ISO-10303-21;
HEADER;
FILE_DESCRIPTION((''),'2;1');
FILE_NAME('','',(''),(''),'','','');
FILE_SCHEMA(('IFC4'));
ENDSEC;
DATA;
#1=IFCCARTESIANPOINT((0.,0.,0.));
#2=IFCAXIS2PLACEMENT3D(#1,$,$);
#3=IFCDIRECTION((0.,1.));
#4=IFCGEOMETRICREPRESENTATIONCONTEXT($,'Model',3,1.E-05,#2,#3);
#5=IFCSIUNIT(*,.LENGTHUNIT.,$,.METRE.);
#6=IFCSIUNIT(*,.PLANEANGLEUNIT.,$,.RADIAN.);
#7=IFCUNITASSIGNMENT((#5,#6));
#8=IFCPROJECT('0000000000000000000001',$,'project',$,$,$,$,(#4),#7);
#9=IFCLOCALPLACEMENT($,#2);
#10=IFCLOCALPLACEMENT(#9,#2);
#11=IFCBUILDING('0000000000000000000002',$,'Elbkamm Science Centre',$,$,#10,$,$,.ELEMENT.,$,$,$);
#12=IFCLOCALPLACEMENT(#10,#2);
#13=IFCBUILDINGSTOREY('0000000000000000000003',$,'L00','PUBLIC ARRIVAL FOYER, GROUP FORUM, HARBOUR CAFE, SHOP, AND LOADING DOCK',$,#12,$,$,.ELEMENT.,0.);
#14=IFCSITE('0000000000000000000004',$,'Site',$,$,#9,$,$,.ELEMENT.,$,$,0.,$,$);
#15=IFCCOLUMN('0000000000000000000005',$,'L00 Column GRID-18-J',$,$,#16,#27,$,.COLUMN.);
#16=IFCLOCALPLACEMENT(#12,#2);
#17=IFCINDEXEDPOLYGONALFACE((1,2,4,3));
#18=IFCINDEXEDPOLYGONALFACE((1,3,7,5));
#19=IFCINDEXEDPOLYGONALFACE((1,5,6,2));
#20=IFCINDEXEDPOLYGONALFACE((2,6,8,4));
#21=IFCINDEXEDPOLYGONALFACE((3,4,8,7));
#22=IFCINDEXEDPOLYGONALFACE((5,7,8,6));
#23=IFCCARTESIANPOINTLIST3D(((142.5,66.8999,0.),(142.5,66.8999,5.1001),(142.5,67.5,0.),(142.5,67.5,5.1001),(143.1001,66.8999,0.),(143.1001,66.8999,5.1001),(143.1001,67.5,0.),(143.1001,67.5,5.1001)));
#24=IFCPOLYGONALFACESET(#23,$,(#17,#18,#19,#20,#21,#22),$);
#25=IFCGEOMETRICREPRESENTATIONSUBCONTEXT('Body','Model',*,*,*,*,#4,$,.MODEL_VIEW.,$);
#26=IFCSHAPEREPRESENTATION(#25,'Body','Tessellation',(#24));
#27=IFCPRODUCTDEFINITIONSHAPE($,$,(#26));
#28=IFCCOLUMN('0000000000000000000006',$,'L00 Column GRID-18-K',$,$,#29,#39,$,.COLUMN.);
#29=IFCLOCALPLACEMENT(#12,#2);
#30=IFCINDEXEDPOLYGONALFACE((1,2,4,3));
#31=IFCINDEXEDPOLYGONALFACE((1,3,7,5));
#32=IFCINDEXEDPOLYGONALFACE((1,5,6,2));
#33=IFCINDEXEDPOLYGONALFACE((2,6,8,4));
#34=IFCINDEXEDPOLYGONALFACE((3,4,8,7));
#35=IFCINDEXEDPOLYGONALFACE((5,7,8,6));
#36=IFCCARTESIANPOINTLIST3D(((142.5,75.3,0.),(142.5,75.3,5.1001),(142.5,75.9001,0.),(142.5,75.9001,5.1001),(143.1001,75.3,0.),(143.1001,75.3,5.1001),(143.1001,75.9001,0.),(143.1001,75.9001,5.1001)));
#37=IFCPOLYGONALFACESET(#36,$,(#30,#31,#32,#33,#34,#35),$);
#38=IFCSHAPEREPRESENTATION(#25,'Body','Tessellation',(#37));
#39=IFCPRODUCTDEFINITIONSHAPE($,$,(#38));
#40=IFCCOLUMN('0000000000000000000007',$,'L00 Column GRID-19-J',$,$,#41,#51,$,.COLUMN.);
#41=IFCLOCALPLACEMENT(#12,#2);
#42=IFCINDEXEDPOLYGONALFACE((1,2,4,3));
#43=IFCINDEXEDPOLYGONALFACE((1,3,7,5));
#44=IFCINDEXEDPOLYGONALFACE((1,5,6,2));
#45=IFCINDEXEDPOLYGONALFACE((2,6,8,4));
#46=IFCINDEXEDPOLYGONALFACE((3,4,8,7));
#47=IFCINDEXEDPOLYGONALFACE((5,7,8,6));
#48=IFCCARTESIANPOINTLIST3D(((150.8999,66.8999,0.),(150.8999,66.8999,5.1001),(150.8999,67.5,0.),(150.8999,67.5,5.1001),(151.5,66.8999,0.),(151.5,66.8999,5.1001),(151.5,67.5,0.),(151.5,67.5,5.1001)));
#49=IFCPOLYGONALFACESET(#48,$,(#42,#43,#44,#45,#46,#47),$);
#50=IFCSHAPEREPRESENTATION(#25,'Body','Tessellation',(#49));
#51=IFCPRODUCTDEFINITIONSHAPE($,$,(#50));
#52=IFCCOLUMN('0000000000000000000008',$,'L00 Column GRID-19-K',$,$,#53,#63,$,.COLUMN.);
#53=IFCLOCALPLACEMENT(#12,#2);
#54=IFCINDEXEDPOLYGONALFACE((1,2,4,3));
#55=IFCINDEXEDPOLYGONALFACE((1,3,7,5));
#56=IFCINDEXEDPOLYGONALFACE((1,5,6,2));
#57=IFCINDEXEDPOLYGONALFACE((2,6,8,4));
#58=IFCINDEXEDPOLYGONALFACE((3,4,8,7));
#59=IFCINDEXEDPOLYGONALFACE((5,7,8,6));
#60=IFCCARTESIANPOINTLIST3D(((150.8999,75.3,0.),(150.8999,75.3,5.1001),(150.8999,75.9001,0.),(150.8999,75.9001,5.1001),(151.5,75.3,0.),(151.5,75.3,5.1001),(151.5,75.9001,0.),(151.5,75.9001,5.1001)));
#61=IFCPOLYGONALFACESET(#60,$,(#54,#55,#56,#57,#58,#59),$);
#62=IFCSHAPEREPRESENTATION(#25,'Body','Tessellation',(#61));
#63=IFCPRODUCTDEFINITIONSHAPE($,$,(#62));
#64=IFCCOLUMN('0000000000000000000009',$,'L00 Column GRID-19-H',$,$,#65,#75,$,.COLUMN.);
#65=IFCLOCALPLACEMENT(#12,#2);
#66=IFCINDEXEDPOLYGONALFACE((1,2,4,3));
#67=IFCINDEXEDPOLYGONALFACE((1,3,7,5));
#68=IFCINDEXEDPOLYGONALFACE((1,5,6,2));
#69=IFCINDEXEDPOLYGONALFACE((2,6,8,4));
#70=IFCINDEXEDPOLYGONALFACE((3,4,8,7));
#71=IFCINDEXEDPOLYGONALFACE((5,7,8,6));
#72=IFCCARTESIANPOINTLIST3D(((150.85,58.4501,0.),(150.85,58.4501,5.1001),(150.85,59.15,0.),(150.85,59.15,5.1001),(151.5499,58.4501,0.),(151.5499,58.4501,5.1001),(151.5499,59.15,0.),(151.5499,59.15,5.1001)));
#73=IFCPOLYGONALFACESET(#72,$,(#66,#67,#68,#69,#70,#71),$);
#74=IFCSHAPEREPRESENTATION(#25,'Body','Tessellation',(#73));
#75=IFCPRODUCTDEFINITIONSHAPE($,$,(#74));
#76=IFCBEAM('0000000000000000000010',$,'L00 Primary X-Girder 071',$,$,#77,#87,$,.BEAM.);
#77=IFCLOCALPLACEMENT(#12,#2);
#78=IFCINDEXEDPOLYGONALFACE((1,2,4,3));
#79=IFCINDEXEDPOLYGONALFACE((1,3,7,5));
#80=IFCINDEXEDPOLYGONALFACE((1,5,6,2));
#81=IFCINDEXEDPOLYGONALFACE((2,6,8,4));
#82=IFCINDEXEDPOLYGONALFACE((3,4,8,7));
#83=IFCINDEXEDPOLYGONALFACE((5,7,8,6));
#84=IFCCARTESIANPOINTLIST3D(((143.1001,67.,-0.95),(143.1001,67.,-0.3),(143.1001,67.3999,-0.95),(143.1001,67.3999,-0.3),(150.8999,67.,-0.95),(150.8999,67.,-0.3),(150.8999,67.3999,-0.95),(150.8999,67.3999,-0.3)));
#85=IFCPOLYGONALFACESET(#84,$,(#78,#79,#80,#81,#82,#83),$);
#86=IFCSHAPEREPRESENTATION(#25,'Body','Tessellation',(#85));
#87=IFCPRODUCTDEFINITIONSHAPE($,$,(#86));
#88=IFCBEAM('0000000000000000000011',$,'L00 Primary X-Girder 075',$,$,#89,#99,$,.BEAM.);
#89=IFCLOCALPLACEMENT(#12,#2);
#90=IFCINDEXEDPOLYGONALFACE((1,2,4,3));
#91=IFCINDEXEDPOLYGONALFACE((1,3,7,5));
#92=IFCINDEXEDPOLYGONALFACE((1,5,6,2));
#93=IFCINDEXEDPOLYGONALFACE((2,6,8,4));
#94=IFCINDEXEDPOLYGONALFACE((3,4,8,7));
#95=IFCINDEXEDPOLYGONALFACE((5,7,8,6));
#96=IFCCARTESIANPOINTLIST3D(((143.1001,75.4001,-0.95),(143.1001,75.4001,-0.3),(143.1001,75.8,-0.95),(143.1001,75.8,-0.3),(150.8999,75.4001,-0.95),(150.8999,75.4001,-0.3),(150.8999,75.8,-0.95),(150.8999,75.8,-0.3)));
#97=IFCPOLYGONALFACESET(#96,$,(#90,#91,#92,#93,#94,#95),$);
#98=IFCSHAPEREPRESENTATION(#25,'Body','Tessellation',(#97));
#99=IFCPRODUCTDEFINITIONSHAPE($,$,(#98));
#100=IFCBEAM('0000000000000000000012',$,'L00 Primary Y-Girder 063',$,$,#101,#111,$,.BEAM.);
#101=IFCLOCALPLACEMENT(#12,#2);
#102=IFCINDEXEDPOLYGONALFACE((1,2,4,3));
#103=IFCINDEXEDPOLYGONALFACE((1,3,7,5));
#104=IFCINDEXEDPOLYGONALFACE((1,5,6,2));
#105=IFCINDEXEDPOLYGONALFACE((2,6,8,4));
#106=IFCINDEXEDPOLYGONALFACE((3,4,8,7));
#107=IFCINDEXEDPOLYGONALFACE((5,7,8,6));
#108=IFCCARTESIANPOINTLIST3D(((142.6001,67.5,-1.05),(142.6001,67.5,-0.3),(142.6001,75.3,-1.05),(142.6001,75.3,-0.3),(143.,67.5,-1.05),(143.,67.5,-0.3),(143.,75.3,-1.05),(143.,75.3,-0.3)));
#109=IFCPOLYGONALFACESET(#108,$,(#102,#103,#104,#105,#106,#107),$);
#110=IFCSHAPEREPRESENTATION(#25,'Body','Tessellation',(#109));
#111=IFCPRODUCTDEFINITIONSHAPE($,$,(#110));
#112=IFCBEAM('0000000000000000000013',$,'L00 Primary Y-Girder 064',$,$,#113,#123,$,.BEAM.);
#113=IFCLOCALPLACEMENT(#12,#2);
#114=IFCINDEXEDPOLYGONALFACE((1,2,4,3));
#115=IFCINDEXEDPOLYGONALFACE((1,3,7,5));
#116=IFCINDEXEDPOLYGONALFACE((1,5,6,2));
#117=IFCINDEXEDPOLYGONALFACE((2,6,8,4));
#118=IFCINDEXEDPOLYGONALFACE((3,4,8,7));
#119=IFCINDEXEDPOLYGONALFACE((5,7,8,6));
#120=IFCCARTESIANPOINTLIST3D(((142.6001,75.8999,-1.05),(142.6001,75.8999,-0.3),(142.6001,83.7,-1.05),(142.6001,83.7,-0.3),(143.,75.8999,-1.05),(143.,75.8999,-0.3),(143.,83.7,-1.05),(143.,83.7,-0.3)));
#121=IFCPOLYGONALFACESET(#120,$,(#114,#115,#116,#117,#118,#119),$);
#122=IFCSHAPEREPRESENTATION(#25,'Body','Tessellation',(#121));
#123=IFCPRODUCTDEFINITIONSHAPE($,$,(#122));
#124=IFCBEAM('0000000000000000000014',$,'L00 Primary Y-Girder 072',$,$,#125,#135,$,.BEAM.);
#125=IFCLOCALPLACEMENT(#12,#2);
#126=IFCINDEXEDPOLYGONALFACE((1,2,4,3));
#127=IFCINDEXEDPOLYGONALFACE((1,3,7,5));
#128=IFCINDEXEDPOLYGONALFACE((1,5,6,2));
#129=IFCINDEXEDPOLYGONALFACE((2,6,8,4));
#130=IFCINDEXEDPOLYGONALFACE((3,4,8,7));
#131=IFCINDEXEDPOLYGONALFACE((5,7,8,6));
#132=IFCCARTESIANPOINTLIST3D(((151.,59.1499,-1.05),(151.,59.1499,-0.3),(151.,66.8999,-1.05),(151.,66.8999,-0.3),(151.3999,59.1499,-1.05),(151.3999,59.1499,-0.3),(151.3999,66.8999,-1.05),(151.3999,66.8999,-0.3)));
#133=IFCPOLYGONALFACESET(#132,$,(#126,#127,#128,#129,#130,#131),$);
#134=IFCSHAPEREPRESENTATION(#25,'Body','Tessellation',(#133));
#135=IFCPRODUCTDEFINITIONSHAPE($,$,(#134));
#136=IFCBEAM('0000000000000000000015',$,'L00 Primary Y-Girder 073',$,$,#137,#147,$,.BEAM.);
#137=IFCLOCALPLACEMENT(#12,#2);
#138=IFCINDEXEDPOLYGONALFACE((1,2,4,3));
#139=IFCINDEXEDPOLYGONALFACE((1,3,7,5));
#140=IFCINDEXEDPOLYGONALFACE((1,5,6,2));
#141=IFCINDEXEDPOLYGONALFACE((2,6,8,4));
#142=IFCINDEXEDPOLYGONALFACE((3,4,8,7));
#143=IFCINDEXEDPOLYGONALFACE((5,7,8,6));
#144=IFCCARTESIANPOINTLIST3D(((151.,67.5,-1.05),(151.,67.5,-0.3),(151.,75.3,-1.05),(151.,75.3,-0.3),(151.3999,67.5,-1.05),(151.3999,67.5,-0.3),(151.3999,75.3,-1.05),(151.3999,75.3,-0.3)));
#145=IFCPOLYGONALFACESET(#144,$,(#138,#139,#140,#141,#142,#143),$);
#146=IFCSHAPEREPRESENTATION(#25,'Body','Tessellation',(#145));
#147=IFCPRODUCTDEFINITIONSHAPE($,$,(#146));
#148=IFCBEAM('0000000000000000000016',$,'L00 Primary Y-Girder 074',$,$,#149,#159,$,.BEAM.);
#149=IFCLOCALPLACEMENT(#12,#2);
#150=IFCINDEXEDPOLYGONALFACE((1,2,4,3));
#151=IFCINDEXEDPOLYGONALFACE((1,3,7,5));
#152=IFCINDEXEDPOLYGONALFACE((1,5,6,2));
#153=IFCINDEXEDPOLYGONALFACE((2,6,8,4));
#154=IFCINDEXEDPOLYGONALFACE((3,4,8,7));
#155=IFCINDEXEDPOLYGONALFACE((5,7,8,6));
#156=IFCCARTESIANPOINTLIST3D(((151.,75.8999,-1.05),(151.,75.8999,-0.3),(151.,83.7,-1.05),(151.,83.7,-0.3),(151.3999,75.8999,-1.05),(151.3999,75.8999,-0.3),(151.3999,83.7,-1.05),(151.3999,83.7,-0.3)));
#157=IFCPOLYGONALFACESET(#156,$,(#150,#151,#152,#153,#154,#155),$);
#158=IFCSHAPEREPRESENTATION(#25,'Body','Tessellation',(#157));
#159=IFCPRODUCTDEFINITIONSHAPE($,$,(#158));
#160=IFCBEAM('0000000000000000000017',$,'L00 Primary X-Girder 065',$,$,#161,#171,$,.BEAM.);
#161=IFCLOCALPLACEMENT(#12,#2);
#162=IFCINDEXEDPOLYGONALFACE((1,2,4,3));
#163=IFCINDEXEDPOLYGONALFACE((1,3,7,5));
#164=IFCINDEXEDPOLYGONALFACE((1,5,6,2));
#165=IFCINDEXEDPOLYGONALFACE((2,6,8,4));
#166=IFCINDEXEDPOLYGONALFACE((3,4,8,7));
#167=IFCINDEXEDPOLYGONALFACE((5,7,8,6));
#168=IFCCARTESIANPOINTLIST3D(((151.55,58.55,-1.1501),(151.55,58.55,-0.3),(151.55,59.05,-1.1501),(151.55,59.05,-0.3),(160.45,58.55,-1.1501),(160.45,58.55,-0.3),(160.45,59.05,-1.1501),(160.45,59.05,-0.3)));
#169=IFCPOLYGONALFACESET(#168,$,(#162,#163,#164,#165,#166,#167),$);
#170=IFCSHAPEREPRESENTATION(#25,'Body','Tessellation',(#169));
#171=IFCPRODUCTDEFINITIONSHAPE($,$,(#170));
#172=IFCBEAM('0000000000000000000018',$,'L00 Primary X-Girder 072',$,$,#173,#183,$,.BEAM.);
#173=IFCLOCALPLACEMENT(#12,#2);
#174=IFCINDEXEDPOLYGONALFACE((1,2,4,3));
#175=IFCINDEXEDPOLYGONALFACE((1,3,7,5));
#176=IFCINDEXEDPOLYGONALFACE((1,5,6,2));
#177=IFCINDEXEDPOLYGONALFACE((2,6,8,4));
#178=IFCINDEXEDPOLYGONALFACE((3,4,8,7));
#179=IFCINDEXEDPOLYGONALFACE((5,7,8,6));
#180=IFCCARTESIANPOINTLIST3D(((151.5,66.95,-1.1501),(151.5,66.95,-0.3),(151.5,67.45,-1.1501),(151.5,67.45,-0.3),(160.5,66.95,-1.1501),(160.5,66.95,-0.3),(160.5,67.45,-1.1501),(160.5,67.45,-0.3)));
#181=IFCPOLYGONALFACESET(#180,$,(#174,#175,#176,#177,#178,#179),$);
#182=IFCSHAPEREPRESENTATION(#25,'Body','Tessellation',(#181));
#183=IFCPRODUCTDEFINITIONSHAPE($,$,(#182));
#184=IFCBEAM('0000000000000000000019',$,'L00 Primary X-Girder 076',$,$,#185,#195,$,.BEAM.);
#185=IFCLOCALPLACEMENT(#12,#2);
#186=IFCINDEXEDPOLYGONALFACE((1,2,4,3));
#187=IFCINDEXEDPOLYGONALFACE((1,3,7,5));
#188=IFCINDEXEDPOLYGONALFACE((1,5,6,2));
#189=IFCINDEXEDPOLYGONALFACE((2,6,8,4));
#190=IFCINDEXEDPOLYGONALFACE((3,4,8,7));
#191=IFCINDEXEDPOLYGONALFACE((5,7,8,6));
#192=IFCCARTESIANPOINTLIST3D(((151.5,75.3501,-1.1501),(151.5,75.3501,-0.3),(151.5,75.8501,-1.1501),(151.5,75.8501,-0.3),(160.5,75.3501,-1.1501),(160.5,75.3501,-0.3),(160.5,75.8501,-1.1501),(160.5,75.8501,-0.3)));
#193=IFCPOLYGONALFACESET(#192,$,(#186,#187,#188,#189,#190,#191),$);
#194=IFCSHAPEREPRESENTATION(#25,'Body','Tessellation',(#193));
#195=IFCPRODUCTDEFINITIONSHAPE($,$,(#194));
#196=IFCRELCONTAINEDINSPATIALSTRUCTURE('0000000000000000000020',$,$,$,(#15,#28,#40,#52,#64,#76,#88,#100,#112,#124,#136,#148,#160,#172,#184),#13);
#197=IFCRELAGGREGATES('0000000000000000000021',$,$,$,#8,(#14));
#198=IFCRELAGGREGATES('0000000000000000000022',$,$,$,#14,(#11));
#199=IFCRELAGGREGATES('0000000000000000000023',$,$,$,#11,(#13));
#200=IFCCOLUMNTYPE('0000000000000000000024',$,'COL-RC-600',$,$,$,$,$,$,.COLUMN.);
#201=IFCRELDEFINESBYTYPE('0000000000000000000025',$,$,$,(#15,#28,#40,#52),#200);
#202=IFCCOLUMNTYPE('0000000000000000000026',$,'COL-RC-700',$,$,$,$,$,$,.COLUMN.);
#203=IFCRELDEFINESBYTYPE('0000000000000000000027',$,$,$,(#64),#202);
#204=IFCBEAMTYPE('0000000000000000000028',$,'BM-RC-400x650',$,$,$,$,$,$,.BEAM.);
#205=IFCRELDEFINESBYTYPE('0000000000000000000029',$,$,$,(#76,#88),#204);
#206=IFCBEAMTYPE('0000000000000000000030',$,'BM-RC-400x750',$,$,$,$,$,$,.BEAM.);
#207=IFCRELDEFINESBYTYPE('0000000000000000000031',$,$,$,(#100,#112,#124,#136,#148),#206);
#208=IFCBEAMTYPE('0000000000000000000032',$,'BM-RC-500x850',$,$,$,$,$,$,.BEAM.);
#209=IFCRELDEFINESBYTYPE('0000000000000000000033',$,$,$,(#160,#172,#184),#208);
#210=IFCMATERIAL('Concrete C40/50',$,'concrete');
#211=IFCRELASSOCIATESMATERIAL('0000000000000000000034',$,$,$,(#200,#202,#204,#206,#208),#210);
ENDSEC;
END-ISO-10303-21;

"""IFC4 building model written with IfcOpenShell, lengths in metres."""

from ifc_helpers import new_model, si_unit, direction, frame, origin, origin_2d, place, context, subcontext, project, spatial, rectangle, extrude, material, material_profile, profile_set, type_object, element, save


model = new_model("IFC4")

# Units and contexts
model_context = context("Model", 3, precision=1e-05, world=origin(), true_north=direction((0.0, 1.0)))
body_context = subcontext(model_context, "Body", "Model", "MODEL_VIEW")
ifc_project = project(units=[si_unit("LENGTHUNIT", "METRE"), si_unit("PLANEANGLEUNIT", "RADIAN")], contexts=[model_context])

# Site, building, storey
site_placement = place(None, origin())
site = spatial("IfcSite", under=ifc_project, at=site_placement, Name="Site", CompositionType="ELEMENT", RefElevation=0.0)
building_placement = place(site_placement, origin())
building = spatial("IfcBuilding", under=site, at=building_placement, Name="Elbkamm Science Centre", CompositionType="ELEMENT")
storey_placement = place(building_placement, origin())
storey = spatial("IfcBuildingStorey", under=building, at=storey_placement, Name="L00", Description="PUBLIC ARRIVAL FOYER, GROUP FORUM, HARBOUR CAFE, SHOP, AND LOADING DOCK", CompositionType="ELEMENT", Elevation=0.0)

# Columns
ifc_material_1 = material(Name="Concrete C40/50", Category="concrete")
ifc_material_profile_1 = material_profile(ifc_material_1, rectangle(XDim=0.6001, YDim=0.6001, at=origin_2d()), Name="RC 600x600")
ifc_profile_set_1 = profile_set([ifc_material_profile_1], Name="Concrete C40/50")
column_type_1 = type_object("IfcColumnType", Name="COL-RC-600", PredefinedType="COLUMN", material=ifc_profile_set_1)
for number, where, z_axis, x_axis, name in (
    (1, (142.8, 67.2, 0.0), (0.0, 0.0, 1.0), (1.0, 0.0, 0.0), "L00 Column GRID-18-J"),
    (2, (142.8, 75.6001, 0.0), (0.0, 0.0, 1.0), (1.0, 0.0, 0.0), "L00 Column GRID-18-K"),
    (3, (151.2, 67.2, 0.0), (0.0, 0.0, 1.0), (1.0, 0.0, 0.0), "L00 Column GRID-19-J"),
    (4, (151.2, 75.6001, 0.0), (0.0, 0.0, 1.0), (1.0, 0.0, 0.0), "L00 Column GRID-19-K"),
):
    element("IfcColumn", number, at=place(storey_placement, frame(where, z_axis=z_axis, x_axis=x_axis)), inside=storey, type_object=column_type_1, Name=name, PredefinedType="COLUMN", context=body_context, shape_type="SweptSolid", body=[
        extrude(rectangle(XDim=0.6001, YDim=0.6001, at=origin_2d()), origin(), (0.0, 0.0, 1.0), 5.1001),
    ])
ifc_material_profile_2 = material_profile(ifc_material_1, rectangle(XDim=0.7, YDim=0.7, at=origin_2d()), Name="RC 700x700")
ifc_profile_set_2 = profile_set([ifc_material_profile_2], Name="Concrete C40/50")
column_type_2 = type_object("IfcColumnType", Name="COL-RC-700", PredefinedType="COLUMN", material=ifc_profile_set_2)
column_placement = place(storey_placement, frame((151.2, 58.8, 0.0), z_axis=(0.0, 0.0, 1.0), x_axis=(1.0, 0.0, 0.0)))
element("IfcColumn", 5, at=column_placement, inside=storey, type_object=column_type_2, Name="L00 Column GRID-19-H", PredefinedType="COLUMN", context=body_context, shape_type="SweptSolid", body=[
    extrude(rectangle(XDim=0.7, YDim=0.7, at=origin_2d()), origin(), (0.0, 0.0, 1.0), 5.1001),
])

# Beams
ifc_material_profile_3 = material_profile(ifc_material_1, rectangle(XDim=0.3999, YDim=0.6499, at=origin_2d()), Name="RC 400x650")
ifc_profile_set_3 = profile_set([ifc_material_profile_3], Name="Concrete C40/50")
beam_type_1 = type_object("IfcBeamType", Name="BM-RC-400x650", PredefinedType="BEAM", material=ifc_profile_set_3)
for number, where, z_axis, x_axis, name in (
    (6, (143.1001, 67.2, -0.625), (1.0, 0.0, 0.0), (0.0, 1.0, 0.0), "L00 Primary X-Girder 071"),
    (7, (143.1001, 75.6001, -0.625), (1.0, 0.0, 0.0), (0.0, 1.0, 0.0), "L00 Primary X-Girder 075"),
):
    element("IfcBeam", number, at=place(storey_placement, frame(where, z_axis=z_axis, x_axis=x_axis)), inside=storey, type_object=beam_type_1, Name=name, PredefinedType="BEAM", context=body_context, shape_type="SweptSolid", body=[
        extrude(rectangle(XDim=0.3999, YDim=0.6499, at=origin_2d()), origin(), (0.0, 0.0, 1.0), 7.7998),
    ])
ifc_material_profile_4 = material_profile(ifc_material_1, rectangle(XDim=0.3999, YDim=0.75, at=origin_2d()), Name="RC 400x750")
ifc_profile_set_4 = profile_set([ifc_material_profile_4], Name="Concrete C40/50")
beam_type_2 = type_object("IfcBeamType", Name="BM-RC-400x750", PredefinedType="BEAM", material=ifc_profile_set_4)
for number, where, z_axis, x_axis, name in (
    (8, (142.8, 67.5, -0.675), (0.0, 1.0, 0.0), (-1.0, 0.0, 0.0), "L00 Primary Y-Girder 063"),
    (9, (142.8, 75.8999, -0.675), (0.0, 1.0, 0.0), (-1.0, 0.0, 0.0), "L00 Primary Y-Girder 064"),
):
    element("IfcBeam", number, at=place(storey_placement, frame(where, z_axis=z_axis, x_axis=x_axis)), inside=storey, type_object=beam_type_2, Name=name, PredefinedType="BEAM", context=body_context, shape_type="SweptSolid", body=[
        extrude(rectangle(XDim=0.3999, YDim=0.75, at=origin_2d()), origin(), (0.0, 0.0, 1.0), 7.8),
    ])
beam_1_placement = place(storey_placement, frame((151.2, 59.1499, -0.675), z_axis=(0.0, 1.0, 0.0), x_axis=(-1.0, 0.0, 0.0)))
element("IfcBeam", 10, at=beam_1_placement, inside=storey, type_object=beam_type_2, Name="L00 Primary Y-Girder 072", PredefinedType="BEAM", context=body_context, shape_type="SweptSolid", body=[
    extrude(rectangle(XDim=0.3999, YDim=0.75, at=origin_2d()), origin(), (0.0, 0.0, 1.0), 7.75),
])
for number, where, z_axis, x_axis, name in (
    (11, (151.2, 67.5, -0.675), (0.0, 1.0, 0.0), (-1.0, 0.0, 0.0), "L00 Primary Y-Girder 073"),
    (12, (151.2, 75.8999, -0.675), (0.0, 1.0, 0.0), (-1.0, 0.0, 0.0), "L00 Primary Y-Girder 074"),
):
    element("IfcBeam", number, at=place(storey_placement, frame(where, z_axis=z_axis, x_axis=x_axis)), inside=storey, type_object=beam_type_2, Name=name, PredefinedType="BEAM", context=body_context, shape_type="SweptSolid", body=[
        extrude(rectangle(XDim=0.3999, YDim=0.75, at=origin_2d()), origin(), (0.0, 0.0, 1.0), 7.8),
    ])
ifc_material_profile_5 = material_profile(ifc_material_1, rectangle(XDim=0.5, YDim=0.8501, at=origin_2d()), Name="RC 500x850")
ifc_profile_set_5 = profile_set([ifc_material_profile_5], Name="Concrete C40/50")
beam_type_3 = type_object("IfcBeamType", Name="BM-RC-500x850", PredefinedType="BEAM", material=ifc_profile_set_5)
beam_2_placement = place(storey_placement, frame((151.55, 58.8, -0.7251), z_axis=(1.0, 0.0, 0.0), x_axis=(0.0, 1.0, 0.0)))
element("IfcBeam", 13, at=beam_2_placement, inside=storey, type_object=beam_type_3, Name="L00 Primary X-Girder 065", PredefinedType="BEAM", context=body_context, shape_type="SweptSolid", body=[
    extrude(rectangle(XDim=0.5, YDim=0.8501, at=origin_2d()), origin(), (0.0, 0.0, 1.0), 8.8999),
])
for number, where, z_axis, x_axis, name in (
    (14, (151.5, 67.2, -0.7251), (1.0, 0.0, 0.0), (0.0, 1.0, 0.0), "L00 Primary X-Girder 072"),
    (15, (151.5, 75.6001, -0.7251), (1.0, 0.0, 0.0), (0.0, 1.0, 0.0), "L00 Primary X-Girder 076"),
):
    element("IfcBeam", number, at=place(storey_placement, frame(where, z_axis=z_axis, x_axis=x_axis)), inside=storey, type_object=beam_type_3, Name=name, PredefinedType="BEAM", context=body_context, shape_type="SweptSolid", body=[
        extrude(rectangle(XDim=0.5, YDim=0.8501, at=origin_2d()), origin(), (0.0, 0.0, 1.0), 9.0),
    ])

save(model, "model.ifc")
